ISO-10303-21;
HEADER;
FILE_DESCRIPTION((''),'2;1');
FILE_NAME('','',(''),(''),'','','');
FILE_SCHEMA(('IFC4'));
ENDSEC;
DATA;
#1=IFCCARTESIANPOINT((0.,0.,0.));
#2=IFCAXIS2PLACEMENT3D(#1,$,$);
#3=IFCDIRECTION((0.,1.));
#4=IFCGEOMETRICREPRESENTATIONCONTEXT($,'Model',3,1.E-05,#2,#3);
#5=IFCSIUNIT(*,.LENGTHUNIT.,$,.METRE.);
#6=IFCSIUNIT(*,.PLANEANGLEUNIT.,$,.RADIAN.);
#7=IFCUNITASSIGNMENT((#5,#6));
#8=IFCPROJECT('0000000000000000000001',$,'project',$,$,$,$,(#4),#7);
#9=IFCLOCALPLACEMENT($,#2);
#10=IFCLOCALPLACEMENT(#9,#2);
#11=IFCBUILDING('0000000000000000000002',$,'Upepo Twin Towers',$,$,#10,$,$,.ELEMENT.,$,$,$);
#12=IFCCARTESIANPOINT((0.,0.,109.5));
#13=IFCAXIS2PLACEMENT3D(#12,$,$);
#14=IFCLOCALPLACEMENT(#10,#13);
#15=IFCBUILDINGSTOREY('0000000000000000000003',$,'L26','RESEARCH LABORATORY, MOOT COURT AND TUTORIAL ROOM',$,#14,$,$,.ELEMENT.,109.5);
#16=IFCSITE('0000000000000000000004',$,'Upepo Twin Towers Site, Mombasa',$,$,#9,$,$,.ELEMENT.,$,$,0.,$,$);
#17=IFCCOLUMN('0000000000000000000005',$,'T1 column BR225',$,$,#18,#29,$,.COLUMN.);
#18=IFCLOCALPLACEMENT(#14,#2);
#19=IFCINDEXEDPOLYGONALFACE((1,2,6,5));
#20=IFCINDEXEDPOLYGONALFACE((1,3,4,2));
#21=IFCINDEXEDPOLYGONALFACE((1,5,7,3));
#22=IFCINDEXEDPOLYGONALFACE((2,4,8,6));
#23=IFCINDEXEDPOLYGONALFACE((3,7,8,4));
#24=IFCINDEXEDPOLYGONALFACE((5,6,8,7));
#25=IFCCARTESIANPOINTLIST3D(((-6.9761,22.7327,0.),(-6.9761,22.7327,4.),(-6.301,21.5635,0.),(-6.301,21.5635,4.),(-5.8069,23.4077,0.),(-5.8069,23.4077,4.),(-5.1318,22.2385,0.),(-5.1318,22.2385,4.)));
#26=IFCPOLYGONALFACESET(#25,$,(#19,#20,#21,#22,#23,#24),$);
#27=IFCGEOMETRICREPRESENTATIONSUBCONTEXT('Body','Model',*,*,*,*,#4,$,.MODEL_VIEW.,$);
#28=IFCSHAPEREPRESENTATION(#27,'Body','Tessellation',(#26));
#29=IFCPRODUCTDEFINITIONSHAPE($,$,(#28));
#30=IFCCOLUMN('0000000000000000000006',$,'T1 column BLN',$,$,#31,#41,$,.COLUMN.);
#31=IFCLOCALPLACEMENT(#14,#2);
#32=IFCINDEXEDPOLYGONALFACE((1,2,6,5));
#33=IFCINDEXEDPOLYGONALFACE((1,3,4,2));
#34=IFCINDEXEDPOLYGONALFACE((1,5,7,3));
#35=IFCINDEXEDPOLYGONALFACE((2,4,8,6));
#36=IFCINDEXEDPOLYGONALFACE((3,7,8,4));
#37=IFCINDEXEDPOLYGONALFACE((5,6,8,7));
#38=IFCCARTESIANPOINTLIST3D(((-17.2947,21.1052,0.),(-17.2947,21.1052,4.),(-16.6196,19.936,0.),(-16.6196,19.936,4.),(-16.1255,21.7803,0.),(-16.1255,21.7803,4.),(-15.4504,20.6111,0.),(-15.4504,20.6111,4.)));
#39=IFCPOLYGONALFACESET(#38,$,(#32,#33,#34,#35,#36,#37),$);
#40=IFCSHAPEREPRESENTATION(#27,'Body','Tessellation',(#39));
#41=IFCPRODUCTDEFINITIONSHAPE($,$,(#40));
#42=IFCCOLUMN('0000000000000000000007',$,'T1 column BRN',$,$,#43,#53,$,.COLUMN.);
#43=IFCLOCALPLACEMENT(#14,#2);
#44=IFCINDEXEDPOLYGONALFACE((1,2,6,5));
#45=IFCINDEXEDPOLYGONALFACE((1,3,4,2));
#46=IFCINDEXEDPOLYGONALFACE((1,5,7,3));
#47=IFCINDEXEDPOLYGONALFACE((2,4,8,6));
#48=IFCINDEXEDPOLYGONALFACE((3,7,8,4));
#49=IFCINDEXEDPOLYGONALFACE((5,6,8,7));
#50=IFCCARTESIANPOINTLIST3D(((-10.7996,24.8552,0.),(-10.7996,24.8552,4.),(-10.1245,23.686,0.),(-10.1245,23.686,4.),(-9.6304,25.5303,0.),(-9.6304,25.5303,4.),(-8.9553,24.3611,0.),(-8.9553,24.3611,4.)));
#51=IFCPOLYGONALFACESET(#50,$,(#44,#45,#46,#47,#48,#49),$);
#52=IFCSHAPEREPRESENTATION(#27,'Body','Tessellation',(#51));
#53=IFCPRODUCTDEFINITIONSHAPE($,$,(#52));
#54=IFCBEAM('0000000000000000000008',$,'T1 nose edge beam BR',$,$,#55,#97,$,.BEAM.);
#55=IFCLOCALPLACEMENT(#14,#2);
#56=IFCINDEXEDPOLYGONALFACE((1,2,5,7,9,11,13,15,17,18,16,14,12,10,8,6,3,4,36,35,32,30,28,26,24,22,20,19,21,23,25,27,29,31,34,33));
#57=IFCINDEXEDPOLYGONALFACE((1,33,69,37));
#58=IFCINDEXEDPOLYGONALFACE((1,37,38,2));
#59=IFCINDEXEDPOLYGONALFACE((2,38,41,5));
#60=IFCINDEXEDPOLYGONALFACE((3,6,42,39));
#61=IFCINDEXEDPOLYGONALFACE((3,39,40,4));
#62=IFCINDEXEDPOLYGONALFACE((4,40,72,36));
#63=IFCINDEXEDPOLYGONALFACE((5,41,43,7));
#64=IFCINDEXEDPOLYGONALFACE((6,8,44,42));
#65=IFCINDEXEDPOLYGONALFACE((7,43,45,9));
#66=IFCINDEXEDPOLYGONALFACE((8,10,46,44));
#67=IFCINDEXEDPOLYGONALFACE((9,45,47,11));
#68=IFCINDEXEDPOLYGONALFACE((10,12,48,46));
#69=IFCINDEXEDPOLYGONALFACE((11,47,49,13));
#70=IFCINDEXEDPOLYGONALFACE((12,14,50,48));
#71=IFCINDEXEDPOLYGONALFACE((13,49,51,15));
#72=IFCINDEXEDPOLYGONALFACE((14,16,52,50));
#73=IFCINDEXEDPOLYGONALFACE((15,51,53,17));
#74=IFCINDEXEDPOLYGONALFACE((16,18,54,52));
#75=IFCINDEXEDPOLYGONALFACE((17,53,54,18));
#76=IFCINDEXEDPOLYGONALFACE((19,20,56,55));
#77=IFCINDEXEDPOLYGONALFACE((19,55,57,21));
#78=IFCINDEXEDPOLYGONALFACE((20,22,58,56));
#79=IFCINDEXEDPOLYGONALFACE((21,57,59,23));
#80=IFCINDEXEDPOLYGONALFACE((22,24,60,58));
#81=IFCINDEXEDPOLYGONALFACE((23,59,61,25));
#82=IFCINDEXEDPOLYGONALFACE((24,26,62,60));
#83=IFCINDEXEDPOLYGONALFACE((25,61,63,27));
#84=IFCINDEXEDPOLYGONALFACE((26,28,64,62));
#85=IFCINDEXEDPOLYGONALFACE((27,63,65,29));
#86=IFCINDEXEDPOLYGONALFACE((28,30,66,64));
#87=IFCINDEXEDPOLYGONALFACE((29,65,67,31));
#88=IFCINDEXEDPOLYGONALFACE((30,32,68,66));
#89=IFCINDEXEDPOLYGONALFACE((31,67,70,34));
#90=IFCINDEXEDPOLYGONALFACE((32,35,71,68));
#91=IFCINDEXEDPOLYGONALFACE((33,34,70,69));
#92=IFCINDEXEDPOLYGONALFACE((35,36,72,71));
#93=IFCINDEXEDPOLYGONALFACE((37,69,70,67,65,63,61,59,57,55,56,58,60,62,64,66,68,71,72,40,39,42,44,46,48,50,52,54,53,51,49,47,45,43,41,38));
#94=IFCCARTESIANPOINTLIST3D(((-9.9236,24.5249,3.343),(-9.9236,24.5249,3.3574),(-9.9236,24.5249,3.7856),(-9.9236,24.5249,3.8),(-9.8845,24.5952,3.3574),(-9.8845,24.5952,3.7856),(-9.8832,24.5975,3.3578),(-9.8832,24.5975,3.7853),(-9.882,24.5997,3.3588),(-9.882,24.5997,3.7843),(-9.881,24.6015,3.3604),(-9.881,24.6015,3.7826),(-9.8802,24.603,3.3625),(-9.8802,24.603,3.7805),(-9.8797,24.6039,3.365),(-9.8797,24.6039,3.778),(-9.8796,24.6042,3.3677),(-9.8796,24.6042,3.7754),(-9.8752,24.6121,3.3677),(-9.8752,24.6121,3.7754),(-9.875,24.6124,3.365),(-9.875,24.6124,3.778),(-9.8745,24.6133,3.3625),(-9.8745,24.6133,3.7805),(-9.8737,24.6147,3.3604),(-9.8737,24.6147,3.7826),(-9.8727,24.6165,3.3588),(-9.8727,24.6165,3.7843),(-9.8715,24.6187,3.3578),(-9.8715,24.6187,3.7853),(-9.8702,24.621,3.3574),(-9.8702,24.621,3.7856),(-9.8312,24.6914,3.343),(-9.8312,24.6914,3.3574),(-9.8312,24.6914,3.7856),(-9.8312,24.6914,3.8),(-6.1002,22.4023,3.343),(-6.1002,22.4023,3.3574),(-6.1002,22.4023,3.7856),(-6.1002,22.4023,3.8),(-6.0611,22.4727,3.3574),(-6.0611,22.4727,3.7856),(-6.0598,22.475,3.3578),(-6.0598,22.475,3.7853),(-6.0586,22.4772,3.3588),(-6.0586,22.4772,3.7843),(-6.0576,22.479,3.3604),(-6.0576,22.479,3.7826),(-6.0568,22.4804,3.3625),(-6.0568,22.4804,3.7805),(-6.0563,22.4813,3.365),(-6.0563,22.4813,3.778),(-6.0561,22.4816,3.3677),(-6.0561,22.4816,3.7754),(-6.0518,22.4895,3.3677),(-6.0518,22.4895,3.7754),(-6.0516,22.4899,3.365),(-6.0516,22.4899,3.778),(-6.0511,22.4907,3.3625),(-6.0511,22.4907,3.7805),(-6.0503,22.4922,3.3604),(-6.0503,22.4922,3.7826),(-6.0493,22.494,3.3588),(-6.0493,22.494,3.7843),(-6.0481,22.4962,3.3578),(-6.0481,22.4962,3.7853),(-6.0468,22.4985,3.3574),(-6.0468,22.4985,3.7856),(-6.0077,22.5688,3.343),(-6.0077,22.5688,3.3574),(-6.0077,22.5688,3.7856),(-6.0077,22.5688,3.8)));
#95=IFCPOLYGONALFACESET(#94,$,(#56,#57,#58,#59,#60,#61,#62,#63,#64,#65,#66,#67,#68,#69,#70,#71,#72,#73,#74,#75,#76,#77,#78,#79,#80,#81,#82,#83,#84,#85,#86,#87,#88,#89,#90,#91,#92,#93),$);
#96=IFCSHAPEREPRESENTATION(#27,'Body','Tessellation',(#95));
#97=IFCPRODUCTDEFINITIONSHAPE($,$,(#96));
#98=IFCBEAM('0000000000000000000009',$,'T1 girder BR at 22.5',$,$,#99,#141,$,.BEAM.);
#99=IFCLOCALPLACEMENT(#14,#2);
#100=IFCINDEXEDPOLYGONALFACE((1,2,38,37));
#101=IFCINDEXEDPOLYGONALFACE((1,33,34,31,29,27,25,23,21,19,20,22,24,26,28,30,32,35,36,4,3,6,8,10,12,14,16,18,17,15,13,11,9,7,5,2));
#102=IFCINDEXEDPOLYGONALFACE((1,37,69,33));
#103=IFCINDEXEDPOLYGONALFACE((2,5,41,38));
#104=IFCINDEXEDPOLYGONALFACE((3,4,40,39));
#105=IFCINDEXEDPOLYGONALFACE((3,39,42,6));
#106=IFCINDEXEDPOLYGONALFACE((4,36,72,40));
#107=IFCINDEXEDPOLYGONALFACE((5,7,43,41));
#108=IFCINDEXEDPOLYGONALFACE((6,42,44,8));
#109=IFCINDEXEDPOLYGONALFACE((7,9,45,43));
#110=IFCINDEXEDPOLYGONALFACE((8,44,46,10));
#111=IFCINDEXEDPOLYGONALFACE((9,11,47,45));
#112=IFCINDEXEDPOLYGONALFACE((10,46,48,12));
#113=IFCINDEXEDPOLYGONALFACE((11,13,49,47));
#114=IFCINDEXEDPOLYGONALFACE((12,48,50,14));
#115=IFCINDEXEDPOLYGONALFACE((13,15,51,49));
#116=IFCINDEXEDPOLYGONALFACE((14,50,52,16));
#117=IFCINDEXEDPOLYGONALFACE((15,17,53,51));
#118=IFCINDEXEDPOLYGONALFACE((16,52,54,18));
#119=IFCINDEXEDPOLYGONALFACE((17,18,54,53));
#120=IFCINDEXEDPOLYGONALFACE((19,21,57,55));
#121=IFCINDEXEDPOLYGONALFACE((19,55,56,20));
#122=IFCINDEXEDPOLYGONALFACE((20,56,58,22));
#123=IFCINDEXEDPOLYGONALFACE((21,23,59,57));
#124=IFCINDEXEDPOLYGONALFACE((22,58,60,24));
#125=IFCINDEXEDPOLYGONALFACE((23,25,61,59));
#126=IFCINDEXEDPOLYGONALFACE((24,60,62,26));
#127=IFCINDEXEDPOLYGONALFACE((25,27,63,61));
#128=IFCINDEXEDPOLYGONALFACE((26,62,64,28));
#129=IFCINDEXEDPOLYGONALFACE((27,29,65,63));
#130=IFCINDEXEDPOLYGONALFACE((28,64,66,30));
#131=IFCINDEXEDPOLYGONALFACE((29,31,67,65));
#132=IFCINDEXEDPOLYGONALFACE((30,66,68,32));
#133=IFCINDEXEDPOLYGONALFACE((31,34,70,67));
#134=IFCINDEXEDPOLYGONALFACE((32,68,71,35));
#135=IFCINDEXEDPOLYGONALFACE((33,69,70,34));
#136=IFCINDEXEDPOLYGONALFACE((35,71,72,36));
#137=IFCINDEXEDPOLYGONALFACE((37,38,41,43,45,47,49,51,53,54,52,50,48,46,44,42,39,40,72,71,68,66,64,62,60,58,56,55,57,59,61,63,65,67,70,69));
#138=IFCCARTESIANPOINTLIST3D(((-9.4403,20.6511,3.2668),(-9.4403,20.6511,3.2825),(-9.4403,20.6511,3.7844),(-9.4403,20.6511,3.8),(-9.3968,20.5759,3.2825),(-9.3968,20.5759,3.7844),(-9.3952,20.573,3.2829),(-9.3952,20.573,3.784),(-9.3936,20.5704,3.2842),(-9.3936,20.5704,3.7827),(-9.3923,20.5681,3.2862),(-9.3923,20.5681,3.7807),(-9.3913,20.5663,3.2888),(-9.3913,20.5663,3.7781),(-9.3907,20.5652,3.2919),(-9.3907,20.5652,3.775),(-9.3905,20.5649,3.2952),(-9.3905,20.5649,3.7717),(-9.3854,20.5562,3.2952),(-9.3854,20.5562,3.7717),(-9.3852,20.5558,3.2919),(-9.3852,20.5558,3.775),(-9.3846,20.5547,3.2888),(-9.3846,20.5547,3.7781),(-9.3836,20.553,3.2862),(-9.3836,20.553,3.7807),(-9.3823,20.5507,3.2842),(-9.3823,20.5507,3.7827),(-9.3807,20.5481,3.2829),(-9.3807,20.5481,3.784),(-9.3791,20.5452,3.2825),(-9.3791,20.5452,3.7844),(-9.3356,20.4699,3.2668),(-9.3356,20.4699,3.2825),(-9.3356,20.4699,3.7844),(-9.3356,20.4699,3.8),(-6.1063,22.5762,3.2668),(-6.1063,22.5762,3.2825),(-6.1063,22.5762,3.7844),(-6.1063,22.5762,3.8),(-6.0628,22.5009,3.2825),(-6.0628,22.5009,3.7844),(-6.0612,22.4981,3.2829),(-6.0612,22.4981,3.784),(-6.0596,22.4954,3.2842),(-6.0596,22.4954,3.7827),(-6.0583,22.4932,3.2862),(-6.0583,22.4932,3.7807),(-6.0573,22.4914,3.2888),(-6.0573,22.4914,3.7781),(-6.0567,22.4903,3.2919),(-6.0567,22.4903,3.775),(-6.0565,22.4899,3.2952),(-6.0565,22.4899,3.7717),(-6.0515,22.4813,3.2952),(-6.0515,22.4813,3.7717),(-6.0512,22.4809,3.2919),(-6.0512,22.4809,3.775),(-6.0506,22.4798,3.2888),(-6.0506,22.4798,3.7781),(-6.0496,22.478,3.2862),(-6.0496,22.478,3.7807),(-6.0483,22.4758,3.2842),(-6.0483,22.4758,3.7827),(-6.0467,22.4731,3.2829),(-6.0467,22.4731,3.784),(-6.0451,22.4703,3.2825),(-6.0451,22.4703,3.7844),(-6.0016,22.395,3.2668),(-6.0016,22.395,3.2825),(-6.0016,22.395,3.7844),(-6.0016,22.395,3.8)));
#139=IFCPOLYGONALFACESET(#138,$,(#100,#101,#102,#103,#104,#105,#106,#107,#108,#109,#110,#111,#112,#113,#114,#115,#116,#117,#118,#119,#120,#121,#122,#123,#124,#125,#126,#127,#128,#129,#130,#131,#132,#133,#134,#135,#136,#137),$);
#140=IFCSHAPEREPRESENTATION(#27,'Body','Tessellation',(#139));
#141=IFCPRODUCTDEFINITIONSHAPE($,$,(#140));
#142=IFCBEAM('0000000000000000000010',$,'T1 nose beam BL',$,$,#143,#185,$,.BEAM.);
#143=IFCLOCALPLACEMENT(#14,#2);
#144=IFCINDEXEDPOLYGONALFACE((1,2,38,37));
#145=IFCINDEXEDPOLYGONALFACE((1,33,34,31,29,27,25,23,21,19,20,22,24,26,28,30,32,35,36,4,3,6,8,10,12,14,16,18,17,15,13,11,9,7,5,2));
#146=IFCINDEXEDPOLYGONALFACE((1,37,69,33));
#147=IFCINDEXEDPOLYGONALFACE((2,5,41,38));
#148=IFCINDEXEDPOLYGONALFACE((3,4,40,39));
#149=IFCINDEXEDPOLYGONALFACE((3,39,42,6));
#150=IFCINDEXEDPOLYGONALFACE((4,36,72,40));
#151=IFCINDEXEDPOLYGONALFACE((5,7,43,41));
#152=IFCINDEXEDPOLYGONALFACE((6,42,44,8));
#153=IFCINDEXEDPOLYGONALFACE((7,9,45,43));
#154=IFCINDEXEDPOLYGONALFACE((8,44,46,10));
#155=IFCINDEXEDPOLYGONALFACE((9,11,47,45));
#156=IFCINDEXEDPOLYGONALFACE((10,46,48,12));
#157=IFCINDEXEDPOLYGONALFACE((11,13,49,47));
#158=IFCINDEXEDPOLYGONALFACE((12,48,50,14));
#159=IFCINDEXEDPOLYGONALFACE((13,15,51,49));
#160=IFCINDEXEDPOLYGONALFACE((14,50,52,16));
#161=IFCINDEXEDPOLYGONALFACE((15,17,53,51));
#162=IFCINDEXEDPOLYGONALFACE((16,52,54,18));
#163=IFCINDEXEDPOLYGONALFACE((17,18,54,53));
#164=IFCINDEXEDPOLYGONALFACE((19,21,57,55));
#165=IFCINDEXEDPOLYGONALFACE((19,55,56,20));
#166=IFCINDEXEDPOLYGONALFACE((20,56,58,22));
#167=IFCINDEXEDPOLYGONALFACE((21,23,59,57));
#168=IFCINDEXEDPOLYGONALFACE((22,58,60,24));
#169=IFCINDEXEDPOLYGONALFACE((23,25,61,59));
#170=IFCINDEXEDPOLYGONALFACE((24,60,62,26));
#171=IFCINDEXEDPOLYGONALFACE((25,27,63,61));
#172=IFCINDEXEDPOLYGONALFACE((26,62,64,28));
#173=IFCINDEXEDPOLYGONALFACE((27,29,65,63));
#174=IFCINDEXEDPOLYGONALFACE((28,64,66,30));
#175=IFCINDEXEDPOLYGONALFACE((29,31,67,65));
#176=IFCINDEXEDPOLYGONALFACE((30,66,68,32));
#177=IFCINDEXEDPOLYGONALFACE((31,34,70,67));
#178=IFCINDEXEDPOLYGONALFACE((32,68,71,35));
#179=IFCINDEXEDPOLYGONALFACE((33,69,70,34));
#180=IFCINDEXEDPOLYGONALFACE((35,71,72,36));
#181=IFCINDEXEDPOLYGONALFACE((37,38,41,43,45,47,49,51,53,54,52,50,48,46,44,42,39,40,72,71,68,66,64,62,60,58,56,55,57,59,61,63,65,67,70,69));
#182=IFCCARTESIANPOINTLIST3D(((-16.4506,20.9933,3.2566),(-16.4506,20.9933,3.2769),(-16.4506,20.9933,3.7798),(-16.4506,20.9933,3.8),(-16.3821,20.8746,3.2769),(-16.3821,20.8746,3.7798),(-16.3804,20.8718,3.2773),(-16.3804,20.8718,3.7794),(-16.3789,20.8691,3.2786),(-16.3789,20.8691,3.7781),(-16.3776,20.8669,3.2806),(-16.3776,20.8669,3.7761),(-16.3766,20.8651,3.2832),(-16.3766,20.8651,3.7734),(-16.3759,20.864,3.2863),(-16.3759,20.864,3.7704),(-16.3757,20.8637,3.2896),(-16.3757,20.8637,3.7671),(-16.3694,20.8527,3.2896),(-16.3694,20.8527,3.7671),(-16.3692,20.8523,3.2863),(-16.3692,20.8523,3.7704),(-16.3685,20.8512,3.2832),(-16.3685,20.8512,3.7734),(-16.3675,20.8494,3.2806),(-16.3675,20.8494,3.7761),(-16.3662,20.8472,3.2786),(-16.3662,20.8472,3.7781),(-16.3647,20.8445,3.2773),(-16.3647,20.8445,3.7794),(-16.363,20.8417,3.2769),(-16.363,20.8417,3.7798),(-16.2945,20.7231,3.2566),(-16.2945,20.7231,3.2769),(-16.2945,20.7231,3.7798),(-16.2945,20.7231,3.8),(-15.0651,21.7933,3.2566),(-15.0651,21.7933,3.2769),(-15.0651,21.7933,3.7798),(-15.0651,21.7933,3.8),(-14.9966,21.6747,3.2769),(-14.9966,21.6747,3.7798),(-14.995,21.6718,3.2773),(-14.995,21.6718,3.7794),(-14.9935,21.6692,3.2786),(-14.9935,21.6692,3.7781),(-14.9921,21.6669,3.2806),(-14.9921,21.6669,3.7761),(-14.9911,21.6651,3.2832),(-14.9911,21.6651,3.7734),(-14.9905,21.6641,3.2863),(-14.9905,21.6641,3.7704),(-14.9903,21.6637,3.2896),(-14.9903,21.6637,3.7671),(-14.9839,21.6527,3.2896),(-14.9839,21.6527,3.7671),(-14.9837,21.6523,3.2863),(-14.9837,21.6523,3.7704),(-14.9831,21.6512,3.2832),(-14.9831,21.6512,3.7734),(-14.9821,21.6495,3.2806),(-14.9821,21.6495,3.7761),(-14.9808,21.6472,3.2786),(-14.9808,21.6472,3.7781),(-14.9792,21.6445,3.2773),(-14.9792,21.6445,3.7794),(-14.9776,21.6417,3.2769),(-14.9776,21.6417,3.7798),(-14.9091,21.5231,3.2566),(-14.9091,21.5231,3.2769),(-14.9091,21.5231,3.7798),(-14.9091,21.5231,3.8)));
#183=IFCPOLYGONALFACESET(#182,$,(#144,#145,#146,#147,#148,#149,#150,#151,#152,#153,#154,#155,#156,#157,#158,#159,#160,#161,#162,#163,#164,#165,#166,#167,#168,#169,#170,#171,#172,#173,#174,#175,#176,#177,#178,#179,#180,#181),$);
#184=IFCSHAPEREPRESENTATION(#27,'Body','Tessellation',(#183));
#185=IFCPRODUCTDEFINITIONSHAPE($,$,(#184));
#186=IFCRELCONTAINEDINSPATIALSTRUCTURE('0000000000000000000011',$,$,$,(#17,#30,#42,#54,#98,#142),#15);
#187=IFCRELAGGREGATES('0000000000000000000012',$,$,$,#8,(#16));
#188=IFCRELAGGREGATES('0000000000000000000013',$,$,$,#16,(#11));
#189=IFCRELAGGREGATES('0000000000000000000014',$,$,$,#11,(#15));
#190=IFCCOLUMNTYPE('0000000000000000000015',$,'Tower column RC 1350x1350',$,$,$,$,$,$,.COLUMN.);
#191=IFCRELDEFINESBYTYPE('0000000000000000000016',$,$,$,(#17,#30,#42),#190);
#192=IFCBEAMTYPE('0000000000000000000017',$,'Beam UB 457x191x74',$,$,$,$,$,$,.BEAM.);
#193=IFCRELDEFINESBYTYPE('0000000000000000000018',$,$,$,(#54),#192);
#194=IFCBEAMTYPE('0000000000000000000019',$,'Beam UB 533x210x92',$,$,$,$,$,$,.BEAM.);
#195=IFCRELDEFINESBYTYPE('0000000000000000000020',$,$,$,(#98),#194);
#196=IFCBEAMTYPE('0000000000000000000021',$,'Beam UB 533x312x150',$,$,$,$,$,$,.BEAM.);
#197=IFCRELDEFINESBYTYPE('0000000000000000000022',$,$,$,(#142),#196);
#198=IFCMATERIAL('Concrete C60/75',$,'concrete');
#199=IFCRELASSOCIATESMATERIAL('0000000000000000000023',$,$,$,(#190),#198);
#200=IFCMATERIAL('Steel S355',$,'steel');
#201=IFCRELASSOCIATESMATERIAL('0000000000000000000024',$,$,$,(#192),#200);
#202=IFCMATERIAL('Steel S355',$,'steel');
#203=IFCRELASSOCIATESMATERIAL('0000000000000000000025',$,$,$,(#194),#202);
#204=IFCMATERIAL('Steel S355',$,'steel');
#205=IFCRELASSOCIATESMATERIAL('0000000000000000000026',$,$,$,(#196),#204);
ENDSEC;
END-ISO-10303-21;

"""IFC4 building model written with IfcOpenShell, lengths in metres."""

from ifc_helpers import new_model, si_unit, direction, frame, origin, origin_2d, place, context, subcontext, project, spatial, rectangle, i_section, extrude, material, material_profile, profile_set, type_object, element, save


model = new_model("IFC4")

# Units and contexts
model_context = context("Model", 3, precision=1e-05, world=origin(), true_north=direction((0.0, 1.0)))
body_context = subcontext(model_context, "Body", "Model", "MODEL_VIEW")
ifc_project = project(units=[si_unit("LENGTHUNIT", "METRE"), si_unit("PLANEANGLEUNIT", "RADIAN")], contexts=[model_context])

# Site, building, storey
site_placement = place(None, origin())
site = spatial("IfcSite", under=ifc_project, at=site_placement, Name="Upepo Twin Towers Site, Mombasa", CompositionType="ELEMENT", RefElevation=0.0)
building_placement = place(site_placement, origin())
building = spatial("IfcBuilding", under=site, at=building_placement, Name="Upepo Twin Towers", CompositionType="ELEMENT")
storey_placement = place(building_placement, frame((0.0, 0.0, 109.5)))
storey = spatial("IfcBuildingStorey", under=building, at=storey_placement, Name="L26", Description="RESEARCH LABORATORY, MOOT COURT AND TUTORIAL ROOM", CompositionType="ELEMENT", Elevation=109.5)

# Columns
ifc_material_1 = material(Name="Concrete C60/75", Category="concrete")
ifc_material_profile_1 = material_profile(ifc_material_1, rectangle(XDim=1.3501, YDim=1.3501, at=origin_2d()), Name="RC 1350x1350")
ifc_profile_set_1 = profile_set([ifc_material_profile_1], Name="Concrete C60/75")
column_type = type_object("IfcColumnType", Name="Tower column RC 1350x1350", PredefinedType="COLUMN", material=ifc_profile_set_1)
for number, where, z_axis, x_axis, name in (
    (1, (-6.054, 22.4856, 0.0), (0.0, 0.0, 1.0), (0.866025, 0.5, 0.0), "T1 column BR225"),
    (2, (-16.3726, 20.8582, 0.0), (0.0, 0.0, 1.0), (0.866025, 0.5, 0.0), "T1 column BLN"),
    (3, (-9.8774, 24.6082, 0.0), (0.0, 0.0, 1.0), (0.866025, 0.5, 0.0), "T1 column BRN"),
):
    element("IfcColumn", number, at=place(storey_placement, frame(where, z_axis=z_axis, x_axis=x_axis)), inside=storey, type_object=column_type, Name=name, PredefinedType="COLUMN", context=body_context, shape_type="SweptSolid", body=[
        extrude(rectangle(XDim=1.3501, YDim=1.3501, at=origin_2d()), origin(), (0.0, 0.0, 1.0), 4.0),
    ])

# Beams
ifc_material_2 = material(Name="Steel S355", Category="steel")
ifc_material_profile_2 = material_profile(ifc_material_2, i_section(OverallWidth=0.1904, OverallDepth=0.457, WebThickness=0.009, FlangeThickness=0.0144, FilletRadius=0.0103, at=origin_2d()), Name="UB 457x191x74")
ifc_profile_set_2 = profile_set([ifc_material_profile_2], Name="Steel S355")
beam_type_1 = type_object("IfcBeamType", Name="Beam UB 457x191x74", PredefinedType="BEAM", material=ifc_profile_set_2)
beam_1_placement = place(storey_placement, frame((-6.054, 22.4856, 3.5715), z_axis=(-0.874313, 0.485363, 0.0), x_axis=(-0.485363, -0.874313, 0.0)))
element("IfcBeam", 4, at=beam_1_placement, inside=storey, type_object=beam_type_1, Name="T1 nose edge beam BR", PredefinedType="BEAM", context=body_context, shape_type="SweptSolid", body=[
    extrude(i_section(OverallWidth=0.1904, OverallDepth=0.457, WebThickness=0.009, FlangeThickness=0.0144, FilletRadius=0.0103, at=origin_2d()), origin(), (0.0, 0.0, 1.0), 4.373),
])
ifc_material_3 = material(Name="Steel S355", Category="steel")
ifc_material_profile_3 = material_profile(ifc_material_3, i_section(OverallWidth=0.2092, OverallDepth=0.5332, WebThickness=0.01, FlangeThickness=0.0156, FilletRadius=0.0127, at=origin_2d()), Name="UB 533x210x92")
ifc_profile_set_3 = profile_set([ifc_material_profile_3], Name="Steel S355")
beam_type_2 = type_object("IfcBeamType", Name="Beam UB 533x210x92", PredefinedType="BEAM", material=ifc_profile_set_3)
beam_2_placement = place(storey_placement, frame((-6.054, 22.4856, 3.5334), z_axis=(-0.866006, -0.500034, 0.0), x_axis=(0.500034, -0.866006, 0.0)))
element("IfcBeam", 5, at=beam_2_placement, inside=storey, type_object=beam_type_2, Name="T1 girder BR at 22.5", PredefinedType="BEAM", context=body_context, shape_type="SweptSolid", body=[
    extrude(i_section(OverallWidth=0.2092, OverallDepth=0.5332, WebThickness=0.01, FlangeThickness=0.0156, FilletRadius=0.0127, at=origin_2d()), origin(), (0.0, 0.0, 1.0), 3.8499),
])
ifc_material_4 = material(Name="Steel S355", Category="steel")
ifc_material_profile_4 = material_profile(ifc_material_4, i_section(OverallWidth=0.312, OverallDepth=0.5435, WebThickness=0.0127, FlangeThickness=0.0203, FilletRadius=0.0127, at=origin_2d()), Name="UB 533x312x150")
ifc_profile_set_4 = profile_set([ifc_material_profile_4], Name="Steel S355")
beam_type_3 = type_object("IfcBeamType", Name="Beam UB 533x312x150", PredefinedType="BEAM", material=ifc_profile_set_4)
for number, where, z_axis, x_axis, name in (
    (6, (-16.3726, 20.8582, 3.5283), (0.86599, 0.500061, 0.0), (-0.500061, 0.86599, 0.0), "T1 nose beam BL"),
):
    element("IfcBeam", number, at=place(storey_placement, frame(where, z_axis=z_axis, x_axis=x_axis)), inside=storey, type_object=beam_type_3, Name=name, PredefinedType="BEAM", context=body_context, shape_type="SweptSolid", body=[
        extrude(i_section(OverallWidth=0.312, OverallDepth=0.5435, WebThickness=0.0127, FlangeThickness=0.0203, FilletRadius=0.0127, at=origin_2d()), origin(), (0.0, 0.0, 1.0), 1.5999),
    ])

save(model, "model.ifc")
